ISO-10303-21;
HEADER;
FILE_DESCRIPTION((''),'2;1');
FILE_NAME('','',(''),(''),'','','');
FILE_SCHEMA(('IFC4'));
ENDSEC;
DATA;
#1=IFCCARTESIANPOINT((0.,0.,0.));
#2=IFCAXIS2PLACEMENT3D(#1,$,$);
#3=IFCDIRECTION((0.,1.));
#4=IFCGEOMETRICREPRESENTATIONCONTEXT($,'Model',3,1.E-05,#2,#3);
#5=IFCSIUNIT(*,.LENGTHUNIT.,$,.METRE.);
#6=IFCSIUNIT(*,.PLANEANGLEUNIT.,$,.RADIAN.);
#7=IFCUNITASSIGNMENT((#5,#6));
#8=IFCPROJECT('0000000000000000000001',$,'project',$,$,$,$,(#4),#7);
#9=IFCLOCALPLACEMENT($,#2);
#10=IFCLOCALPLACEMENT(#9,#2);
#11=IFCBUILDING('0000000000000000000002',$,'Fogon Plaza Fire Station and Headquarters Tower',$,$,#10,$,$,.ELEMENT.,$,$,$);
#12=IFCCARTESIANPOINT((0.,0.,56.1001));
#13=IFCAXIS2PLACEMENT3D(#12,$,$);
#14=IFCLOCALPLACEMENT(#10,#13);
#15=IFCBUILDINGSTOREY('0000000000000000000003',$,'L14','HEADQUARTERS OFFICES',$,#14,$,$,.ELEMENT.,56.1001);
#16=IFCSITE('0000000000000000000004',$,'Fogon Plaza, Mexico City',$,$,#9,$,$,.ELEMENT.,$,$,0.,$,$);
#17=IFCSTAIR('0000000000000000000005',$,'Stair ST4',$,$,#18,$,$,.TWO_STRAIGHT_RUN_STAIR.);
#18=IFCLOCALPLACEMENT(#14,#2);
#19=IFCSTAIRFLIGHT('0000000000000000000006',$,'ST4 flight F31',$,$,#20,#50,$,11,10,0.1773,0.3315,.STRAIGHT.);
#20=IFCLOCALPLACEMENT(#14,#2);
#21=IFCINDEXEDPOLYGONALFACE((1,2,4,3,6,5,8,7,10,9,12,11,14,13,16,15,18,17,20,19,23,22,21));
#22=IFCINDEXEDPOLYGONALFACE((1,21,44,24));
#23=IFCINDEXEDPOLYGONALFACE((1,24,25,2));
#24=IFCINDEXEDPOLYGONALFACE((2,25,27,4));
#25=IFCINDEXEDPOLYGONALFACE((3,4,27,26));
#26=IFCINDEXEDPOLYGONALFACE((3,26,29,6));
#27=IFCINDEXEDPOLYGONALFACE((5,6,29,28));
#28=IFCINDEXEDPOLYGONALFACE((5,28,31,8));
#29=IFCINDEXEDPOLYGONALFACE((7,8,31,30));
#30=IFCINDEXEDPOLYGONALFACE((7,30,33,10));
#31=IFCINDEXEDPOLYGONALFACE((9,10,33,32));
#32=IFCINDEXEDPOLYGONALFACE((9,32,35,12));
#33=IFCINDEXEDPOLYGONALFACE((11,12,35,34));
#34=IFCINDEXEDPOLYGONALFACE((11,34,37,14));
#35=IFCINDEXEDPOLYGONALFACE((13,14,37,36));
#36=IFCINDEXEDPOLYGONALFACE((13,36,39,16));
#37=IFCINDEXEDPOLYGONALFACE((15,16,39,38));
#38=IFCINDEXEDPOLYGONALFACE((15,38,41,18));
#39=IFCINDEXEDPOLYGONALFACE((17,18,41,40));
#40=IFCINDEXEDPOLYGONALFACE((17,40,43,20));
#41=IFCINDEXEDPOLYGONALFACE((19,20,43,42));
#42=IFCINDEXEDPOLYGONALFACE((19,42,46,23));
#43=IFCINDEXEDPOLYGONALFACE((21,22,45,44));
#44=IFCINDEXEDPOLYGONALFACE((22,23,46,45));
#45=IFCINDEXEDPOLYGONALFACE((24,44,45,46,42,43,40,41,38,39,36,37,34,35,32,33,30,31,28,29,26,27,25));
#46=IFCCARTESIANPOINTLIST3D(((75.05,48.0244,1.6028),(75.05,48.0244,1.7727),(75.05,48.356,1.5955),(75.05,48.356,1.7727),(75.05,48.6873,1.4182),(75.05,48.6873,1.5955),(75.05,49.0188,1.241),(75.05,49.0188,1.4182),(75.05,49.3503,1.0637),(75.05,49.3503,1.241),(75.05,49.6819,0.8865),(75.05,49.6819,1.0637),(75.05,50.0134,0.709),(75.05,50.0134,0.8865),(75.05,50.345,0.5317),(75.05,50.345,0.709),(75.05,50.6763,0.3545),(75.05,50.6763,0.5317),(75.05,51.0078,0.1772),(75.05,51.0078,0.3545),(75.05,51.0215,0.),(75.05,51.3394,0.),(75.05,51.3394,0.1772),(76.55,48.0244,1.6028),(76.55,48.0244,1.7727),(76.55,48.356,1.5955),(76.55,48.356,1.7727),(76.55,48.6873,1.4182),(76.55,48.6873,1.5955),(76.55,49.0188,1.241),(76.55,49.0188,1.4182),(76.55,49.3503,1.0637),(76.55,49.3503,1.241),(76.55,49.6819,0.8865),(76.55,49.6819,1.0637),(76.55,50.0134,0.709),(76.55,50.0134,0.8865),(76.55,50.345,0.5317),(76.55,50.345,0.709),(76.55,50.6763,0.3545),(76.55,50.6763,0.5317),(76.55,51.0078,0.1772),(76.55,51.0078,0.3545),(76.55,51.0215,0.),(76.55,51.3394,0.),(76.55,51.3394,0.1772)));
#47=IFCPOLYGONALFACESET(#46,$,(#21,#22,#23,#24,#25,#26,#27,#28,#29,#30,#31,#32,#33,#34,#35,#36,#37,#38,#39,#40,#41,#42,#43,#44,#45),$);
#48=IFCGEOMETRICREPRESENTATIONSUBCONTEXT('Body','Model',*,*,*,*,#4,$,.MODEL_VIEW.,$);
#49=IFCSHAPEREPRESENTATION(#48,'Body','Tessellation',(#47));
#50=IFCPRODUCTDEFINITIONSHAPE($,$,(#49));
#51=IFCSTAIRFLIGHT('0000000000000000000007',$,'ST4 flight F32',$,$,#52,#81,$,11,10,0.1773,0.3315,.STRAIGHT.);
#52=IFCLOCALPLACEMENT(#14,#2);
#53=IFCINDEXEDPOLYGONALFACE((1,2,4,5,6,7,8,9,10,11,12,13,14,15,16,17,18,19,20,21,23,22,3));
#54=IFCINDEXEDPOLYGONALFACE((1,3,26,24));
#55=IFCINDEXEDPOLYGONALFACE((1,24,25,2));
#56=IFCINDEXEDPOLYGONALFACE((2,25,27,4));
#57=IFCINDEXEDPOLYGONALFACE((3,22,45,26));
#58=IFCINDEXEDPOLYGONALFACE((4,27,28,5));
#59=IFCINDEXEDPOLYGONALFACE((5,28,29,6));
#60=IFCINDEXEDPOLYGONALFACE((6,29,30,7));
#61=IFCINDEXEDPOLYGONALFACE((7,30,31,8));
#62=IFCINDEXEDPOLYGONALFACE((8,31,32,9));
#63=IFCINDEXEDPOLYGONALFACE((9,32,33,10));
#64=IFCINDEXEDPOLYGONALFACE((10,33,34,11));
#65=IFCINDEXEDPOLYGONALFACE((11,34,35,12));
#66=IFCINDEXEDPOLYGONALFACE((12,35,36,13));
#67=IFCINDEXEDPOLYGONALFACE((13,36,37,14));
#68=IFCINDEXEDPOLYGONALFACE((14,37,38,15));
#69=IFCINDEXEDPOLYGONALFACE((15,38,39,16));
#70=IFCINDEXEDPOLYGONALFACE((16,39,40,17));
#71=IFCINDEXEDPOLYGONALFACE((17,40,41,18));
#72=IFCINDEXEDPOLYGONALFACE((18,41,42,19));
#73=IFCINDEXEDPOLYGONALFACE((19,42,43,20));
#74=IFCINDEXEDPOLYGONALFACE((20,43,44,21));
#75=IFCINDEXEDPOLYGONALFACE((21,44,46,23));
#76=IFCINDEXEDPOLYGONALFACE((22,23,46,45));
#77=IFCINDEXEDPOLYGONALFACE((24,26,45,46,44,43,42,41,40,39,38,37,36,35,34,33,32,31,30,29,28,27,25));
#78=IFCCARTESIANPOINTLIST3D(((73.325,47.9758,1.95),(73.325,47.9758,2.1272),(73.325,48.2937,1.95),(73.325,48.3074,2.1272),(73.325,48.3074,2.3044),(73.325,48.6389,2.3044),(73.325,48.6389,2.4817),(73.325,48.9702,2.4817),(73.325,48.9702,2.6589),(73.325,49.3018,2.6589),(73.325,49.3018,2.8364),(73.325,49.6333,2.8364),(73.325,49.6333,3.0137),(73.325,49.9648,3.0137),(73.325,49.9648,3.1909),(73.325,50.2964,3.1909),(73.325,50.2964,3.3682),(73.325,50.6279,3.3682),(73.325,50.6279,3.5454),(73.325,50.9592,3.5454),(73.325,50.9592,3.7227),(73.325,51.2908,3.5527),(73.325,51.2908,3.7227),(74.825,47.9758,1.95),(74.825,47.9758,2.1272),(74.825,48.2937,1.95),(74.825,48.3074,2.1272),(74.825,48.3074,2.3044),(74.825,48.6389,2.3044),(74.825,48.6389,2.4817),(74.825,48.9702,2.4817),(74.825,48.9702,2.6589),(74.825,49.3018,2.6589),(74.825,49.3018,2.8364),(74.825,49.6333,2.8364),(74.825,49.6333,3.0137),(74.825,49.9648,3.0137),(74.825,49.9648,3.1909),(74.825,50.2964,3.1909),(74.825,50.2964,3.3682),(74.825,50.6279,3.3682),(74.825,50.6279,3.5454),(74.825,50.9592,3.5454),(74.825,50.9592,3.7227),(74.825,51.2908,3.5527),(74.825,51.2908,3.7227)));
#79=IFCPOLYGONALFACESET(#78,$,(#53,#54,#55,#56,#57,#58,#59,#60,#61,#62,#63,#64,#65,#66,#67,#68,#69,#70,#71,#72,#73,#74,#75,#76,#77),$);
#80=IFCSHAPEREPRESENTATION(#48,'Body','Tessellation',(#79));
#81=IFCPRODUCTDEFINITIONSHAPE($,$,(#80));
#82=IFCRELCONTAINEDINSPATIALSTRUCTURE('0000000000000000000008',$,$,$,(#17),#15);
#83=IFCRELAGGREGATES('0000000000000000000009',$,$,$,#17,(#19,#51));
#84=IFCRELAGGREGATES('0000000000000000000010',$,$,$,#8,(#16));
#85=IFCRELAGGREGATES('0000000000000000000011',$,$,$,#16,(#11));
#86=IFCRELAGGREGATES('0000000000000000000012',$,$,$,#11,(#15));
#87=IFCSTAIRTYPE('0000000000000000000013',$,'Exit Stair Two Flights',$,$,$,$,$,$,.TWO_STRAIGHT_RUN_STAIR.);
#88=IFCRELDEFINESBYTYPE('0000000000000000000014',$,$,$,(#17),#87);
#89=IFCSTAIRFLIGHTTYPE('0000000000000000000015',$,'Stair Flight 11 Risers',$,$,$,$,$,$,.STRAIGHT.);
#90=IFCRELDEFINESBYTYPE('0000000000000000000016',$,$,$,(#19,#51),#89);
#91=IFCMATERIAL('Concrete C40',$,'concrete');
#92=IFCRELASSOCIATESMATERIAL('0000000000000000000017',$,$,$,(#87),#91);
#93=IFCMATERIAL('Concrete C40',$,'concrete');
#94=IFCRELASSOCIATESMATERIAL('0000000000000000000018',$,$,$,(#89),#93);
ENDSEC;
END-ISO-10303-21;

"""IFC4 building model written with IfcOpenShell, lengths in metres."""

from ifc_helpers import new_model, si_unit, direction, frame, origin, place, context, subcontext, project, spatial, polyline, outline, extrude, material, type_object, element, aggregate, save


model = new_model("IFC4")

# Units and contexts
model_context = context("Model", 3, precision=1e-05, world=origin(), true_north=direction((0.0, 1.0)))
body_context = subcontext(model_context, "Body", "Model", "MODEL_VIEW")
ifc_project = project(units=[si_unit("LENGTHUNIT", "METRE"), si_unit("PLANEANGLEUNIT", "RADIAN")], contexts=[model_context])

# Site, building, storey
site_placement = place(None, origin())
site = spatial("IfcSite", under=ifc_project, at=site_placement, Name="Fogon Plaza, Mexico City", CompositionType="ELEMENT", RefElevation=0.0)
building_placement = place(site_placement, origin())
building = spatial("IfcBuilding", under=site, at=building_placement, Name="Fogon Plaza Fire Station and Headquarters Tower", CompositionType="ELEMENT")
storey_placement = place(building_placement, frame((0.0, 0.0, 56.1001)))
storey = spatial("IfcBuildingStorey", under=building, at=storey_placement, Name="L14", Description="HEADQUARTERS OFFICES", CompositionType="ELEMENT", Elevation=56.1001)

# Stair, stair flights
ifc_material_1 = material(Name="Concrete C40", Category="concrete")
stair_type = type_object("IfcStairType", Name="Exit Stair Two Flights", PredefinedType="TWO_STRAIGHT_RUN_STAIR", material=ifc_material_1)
stair_placement = place(storey_placement, origin())
stair = element("IfcStair", 1, at=stair_placement, inside=storey, type_object=stair_type, Name="Stair ST4", PredefinedType="TWO_STRAIGHT_RUN_STAIR")
ifc_material_2 = material(Name="Concrete C40", Category="concrete")
stair_flight_type = type_object("IfcStairFlightType", Name="Stair Flight 11 Risers", PredefinedType="STRAIGHT", material=ifc_material_2)
stair_flight_1_placement = place(storey_placement, frame((75.8, 51.3394, 0.0), z_axis=(0.0, 0.0, 1.0), x_axis=(0.0, -1.0, 0.0)))
stair_flight_1 = element("IfcStairFlight", 2, at=stair_flight_1_placement, type_object=stair_flight_type, Name="ST4 flight F31", NumberOfRisers=11, NumberOfTreads=10, PredefinedType="STRAIGHT", RiserHeight=0.1773, TreadLength=0.3315, context=body_context, shape_type="SweptSolid", body=[
    extrude(outline(polyline([(0.0, 0.0), (0.0, 0.1772), (0.3315, 0.1772), (0.3315, 0.3545), (0.6631, 0.3545), (0.6631, 0.5317), (0.9944, 0.5317), (0.9944, 0.709), (1.3259, 0.709), (1.3259, 0.8865), (1.6575, 0.8865), (1.6575, 1.0637), (1.989, 1.0637), (1.989, 1.241), (2.3206, 1.241), (2.3206, 1.4182), (2.6521, 1.4182), (2.6521, 1.5955), (2.9834, 1.5955), (2.9834, 1.7727), (3.3149, 1.7727), (3.3149, 1.95), (3.3149, 1.6028), (0.3179, 0.0), (0.0, 0.0)])), frame((0.0, 0.75, 0.0), z_axis=(0.0, -1.0, 0.0), x_axis=(1.0, 0.0, 0.0)), (0.0, 0.0, 1.0), 1.5),
])
stair_flight_2_placement = place(storey_placement, frame((74.075, 47.9758, 1.95), z_axis=(0.0, 0.0, 1.0), x_axis=(0.0, 1.0, 0.0)))
stair_flight_2 = element("IfcStairFlight", 3, at=stair_flight_2_placement, type_object=stair_flight_type, Name="ST4 flight F32", NumberOfRisers=11, NumberOfTreads=10, PredefinedType="STRAIGHT", RiserHeight=0.1773, TreadLength=0.3315, context=body_context, shape_type="SweptSolid", body=[
    extrude(outline(polyline([(0.0, 0.0), (0.0, 0.1772), (0.3315, 0.1772), (0.3315, 0.3545), (0.6631, 0.3545), (0.6631, 0.5317), (0.9944, 0.5317), (0.9944, 0.709), (1.3259, 0.709), (1.3259, 0.8865), (1.6575, 0.8865), (1.6575, 1.0637), (1.989, 1.0637), (1.989, 1.241), (2.3206, 1.241), (2.3206, 1.4182), (2.6521, 1.4182), (2.6521, 1.5955), (2.9834, 1.5955), (2.9834, 1.7727), (3.3149, 1.7727), (3.3149, 1.95), (3.3149, 1.6028), (0.3179, 0.0), (0.0, 0.0)])), frame((0.0, 0.75, 0.0), z_axis=(0.0, -1.0, 0.0), x_axis=(1.0, 0.0, 0.0)), (0.0, 0.0, 1.0), 1.5),
])
aggregate(stair, [stair_flight_1, stair_flight_2])

save(model, "model.ifc")
